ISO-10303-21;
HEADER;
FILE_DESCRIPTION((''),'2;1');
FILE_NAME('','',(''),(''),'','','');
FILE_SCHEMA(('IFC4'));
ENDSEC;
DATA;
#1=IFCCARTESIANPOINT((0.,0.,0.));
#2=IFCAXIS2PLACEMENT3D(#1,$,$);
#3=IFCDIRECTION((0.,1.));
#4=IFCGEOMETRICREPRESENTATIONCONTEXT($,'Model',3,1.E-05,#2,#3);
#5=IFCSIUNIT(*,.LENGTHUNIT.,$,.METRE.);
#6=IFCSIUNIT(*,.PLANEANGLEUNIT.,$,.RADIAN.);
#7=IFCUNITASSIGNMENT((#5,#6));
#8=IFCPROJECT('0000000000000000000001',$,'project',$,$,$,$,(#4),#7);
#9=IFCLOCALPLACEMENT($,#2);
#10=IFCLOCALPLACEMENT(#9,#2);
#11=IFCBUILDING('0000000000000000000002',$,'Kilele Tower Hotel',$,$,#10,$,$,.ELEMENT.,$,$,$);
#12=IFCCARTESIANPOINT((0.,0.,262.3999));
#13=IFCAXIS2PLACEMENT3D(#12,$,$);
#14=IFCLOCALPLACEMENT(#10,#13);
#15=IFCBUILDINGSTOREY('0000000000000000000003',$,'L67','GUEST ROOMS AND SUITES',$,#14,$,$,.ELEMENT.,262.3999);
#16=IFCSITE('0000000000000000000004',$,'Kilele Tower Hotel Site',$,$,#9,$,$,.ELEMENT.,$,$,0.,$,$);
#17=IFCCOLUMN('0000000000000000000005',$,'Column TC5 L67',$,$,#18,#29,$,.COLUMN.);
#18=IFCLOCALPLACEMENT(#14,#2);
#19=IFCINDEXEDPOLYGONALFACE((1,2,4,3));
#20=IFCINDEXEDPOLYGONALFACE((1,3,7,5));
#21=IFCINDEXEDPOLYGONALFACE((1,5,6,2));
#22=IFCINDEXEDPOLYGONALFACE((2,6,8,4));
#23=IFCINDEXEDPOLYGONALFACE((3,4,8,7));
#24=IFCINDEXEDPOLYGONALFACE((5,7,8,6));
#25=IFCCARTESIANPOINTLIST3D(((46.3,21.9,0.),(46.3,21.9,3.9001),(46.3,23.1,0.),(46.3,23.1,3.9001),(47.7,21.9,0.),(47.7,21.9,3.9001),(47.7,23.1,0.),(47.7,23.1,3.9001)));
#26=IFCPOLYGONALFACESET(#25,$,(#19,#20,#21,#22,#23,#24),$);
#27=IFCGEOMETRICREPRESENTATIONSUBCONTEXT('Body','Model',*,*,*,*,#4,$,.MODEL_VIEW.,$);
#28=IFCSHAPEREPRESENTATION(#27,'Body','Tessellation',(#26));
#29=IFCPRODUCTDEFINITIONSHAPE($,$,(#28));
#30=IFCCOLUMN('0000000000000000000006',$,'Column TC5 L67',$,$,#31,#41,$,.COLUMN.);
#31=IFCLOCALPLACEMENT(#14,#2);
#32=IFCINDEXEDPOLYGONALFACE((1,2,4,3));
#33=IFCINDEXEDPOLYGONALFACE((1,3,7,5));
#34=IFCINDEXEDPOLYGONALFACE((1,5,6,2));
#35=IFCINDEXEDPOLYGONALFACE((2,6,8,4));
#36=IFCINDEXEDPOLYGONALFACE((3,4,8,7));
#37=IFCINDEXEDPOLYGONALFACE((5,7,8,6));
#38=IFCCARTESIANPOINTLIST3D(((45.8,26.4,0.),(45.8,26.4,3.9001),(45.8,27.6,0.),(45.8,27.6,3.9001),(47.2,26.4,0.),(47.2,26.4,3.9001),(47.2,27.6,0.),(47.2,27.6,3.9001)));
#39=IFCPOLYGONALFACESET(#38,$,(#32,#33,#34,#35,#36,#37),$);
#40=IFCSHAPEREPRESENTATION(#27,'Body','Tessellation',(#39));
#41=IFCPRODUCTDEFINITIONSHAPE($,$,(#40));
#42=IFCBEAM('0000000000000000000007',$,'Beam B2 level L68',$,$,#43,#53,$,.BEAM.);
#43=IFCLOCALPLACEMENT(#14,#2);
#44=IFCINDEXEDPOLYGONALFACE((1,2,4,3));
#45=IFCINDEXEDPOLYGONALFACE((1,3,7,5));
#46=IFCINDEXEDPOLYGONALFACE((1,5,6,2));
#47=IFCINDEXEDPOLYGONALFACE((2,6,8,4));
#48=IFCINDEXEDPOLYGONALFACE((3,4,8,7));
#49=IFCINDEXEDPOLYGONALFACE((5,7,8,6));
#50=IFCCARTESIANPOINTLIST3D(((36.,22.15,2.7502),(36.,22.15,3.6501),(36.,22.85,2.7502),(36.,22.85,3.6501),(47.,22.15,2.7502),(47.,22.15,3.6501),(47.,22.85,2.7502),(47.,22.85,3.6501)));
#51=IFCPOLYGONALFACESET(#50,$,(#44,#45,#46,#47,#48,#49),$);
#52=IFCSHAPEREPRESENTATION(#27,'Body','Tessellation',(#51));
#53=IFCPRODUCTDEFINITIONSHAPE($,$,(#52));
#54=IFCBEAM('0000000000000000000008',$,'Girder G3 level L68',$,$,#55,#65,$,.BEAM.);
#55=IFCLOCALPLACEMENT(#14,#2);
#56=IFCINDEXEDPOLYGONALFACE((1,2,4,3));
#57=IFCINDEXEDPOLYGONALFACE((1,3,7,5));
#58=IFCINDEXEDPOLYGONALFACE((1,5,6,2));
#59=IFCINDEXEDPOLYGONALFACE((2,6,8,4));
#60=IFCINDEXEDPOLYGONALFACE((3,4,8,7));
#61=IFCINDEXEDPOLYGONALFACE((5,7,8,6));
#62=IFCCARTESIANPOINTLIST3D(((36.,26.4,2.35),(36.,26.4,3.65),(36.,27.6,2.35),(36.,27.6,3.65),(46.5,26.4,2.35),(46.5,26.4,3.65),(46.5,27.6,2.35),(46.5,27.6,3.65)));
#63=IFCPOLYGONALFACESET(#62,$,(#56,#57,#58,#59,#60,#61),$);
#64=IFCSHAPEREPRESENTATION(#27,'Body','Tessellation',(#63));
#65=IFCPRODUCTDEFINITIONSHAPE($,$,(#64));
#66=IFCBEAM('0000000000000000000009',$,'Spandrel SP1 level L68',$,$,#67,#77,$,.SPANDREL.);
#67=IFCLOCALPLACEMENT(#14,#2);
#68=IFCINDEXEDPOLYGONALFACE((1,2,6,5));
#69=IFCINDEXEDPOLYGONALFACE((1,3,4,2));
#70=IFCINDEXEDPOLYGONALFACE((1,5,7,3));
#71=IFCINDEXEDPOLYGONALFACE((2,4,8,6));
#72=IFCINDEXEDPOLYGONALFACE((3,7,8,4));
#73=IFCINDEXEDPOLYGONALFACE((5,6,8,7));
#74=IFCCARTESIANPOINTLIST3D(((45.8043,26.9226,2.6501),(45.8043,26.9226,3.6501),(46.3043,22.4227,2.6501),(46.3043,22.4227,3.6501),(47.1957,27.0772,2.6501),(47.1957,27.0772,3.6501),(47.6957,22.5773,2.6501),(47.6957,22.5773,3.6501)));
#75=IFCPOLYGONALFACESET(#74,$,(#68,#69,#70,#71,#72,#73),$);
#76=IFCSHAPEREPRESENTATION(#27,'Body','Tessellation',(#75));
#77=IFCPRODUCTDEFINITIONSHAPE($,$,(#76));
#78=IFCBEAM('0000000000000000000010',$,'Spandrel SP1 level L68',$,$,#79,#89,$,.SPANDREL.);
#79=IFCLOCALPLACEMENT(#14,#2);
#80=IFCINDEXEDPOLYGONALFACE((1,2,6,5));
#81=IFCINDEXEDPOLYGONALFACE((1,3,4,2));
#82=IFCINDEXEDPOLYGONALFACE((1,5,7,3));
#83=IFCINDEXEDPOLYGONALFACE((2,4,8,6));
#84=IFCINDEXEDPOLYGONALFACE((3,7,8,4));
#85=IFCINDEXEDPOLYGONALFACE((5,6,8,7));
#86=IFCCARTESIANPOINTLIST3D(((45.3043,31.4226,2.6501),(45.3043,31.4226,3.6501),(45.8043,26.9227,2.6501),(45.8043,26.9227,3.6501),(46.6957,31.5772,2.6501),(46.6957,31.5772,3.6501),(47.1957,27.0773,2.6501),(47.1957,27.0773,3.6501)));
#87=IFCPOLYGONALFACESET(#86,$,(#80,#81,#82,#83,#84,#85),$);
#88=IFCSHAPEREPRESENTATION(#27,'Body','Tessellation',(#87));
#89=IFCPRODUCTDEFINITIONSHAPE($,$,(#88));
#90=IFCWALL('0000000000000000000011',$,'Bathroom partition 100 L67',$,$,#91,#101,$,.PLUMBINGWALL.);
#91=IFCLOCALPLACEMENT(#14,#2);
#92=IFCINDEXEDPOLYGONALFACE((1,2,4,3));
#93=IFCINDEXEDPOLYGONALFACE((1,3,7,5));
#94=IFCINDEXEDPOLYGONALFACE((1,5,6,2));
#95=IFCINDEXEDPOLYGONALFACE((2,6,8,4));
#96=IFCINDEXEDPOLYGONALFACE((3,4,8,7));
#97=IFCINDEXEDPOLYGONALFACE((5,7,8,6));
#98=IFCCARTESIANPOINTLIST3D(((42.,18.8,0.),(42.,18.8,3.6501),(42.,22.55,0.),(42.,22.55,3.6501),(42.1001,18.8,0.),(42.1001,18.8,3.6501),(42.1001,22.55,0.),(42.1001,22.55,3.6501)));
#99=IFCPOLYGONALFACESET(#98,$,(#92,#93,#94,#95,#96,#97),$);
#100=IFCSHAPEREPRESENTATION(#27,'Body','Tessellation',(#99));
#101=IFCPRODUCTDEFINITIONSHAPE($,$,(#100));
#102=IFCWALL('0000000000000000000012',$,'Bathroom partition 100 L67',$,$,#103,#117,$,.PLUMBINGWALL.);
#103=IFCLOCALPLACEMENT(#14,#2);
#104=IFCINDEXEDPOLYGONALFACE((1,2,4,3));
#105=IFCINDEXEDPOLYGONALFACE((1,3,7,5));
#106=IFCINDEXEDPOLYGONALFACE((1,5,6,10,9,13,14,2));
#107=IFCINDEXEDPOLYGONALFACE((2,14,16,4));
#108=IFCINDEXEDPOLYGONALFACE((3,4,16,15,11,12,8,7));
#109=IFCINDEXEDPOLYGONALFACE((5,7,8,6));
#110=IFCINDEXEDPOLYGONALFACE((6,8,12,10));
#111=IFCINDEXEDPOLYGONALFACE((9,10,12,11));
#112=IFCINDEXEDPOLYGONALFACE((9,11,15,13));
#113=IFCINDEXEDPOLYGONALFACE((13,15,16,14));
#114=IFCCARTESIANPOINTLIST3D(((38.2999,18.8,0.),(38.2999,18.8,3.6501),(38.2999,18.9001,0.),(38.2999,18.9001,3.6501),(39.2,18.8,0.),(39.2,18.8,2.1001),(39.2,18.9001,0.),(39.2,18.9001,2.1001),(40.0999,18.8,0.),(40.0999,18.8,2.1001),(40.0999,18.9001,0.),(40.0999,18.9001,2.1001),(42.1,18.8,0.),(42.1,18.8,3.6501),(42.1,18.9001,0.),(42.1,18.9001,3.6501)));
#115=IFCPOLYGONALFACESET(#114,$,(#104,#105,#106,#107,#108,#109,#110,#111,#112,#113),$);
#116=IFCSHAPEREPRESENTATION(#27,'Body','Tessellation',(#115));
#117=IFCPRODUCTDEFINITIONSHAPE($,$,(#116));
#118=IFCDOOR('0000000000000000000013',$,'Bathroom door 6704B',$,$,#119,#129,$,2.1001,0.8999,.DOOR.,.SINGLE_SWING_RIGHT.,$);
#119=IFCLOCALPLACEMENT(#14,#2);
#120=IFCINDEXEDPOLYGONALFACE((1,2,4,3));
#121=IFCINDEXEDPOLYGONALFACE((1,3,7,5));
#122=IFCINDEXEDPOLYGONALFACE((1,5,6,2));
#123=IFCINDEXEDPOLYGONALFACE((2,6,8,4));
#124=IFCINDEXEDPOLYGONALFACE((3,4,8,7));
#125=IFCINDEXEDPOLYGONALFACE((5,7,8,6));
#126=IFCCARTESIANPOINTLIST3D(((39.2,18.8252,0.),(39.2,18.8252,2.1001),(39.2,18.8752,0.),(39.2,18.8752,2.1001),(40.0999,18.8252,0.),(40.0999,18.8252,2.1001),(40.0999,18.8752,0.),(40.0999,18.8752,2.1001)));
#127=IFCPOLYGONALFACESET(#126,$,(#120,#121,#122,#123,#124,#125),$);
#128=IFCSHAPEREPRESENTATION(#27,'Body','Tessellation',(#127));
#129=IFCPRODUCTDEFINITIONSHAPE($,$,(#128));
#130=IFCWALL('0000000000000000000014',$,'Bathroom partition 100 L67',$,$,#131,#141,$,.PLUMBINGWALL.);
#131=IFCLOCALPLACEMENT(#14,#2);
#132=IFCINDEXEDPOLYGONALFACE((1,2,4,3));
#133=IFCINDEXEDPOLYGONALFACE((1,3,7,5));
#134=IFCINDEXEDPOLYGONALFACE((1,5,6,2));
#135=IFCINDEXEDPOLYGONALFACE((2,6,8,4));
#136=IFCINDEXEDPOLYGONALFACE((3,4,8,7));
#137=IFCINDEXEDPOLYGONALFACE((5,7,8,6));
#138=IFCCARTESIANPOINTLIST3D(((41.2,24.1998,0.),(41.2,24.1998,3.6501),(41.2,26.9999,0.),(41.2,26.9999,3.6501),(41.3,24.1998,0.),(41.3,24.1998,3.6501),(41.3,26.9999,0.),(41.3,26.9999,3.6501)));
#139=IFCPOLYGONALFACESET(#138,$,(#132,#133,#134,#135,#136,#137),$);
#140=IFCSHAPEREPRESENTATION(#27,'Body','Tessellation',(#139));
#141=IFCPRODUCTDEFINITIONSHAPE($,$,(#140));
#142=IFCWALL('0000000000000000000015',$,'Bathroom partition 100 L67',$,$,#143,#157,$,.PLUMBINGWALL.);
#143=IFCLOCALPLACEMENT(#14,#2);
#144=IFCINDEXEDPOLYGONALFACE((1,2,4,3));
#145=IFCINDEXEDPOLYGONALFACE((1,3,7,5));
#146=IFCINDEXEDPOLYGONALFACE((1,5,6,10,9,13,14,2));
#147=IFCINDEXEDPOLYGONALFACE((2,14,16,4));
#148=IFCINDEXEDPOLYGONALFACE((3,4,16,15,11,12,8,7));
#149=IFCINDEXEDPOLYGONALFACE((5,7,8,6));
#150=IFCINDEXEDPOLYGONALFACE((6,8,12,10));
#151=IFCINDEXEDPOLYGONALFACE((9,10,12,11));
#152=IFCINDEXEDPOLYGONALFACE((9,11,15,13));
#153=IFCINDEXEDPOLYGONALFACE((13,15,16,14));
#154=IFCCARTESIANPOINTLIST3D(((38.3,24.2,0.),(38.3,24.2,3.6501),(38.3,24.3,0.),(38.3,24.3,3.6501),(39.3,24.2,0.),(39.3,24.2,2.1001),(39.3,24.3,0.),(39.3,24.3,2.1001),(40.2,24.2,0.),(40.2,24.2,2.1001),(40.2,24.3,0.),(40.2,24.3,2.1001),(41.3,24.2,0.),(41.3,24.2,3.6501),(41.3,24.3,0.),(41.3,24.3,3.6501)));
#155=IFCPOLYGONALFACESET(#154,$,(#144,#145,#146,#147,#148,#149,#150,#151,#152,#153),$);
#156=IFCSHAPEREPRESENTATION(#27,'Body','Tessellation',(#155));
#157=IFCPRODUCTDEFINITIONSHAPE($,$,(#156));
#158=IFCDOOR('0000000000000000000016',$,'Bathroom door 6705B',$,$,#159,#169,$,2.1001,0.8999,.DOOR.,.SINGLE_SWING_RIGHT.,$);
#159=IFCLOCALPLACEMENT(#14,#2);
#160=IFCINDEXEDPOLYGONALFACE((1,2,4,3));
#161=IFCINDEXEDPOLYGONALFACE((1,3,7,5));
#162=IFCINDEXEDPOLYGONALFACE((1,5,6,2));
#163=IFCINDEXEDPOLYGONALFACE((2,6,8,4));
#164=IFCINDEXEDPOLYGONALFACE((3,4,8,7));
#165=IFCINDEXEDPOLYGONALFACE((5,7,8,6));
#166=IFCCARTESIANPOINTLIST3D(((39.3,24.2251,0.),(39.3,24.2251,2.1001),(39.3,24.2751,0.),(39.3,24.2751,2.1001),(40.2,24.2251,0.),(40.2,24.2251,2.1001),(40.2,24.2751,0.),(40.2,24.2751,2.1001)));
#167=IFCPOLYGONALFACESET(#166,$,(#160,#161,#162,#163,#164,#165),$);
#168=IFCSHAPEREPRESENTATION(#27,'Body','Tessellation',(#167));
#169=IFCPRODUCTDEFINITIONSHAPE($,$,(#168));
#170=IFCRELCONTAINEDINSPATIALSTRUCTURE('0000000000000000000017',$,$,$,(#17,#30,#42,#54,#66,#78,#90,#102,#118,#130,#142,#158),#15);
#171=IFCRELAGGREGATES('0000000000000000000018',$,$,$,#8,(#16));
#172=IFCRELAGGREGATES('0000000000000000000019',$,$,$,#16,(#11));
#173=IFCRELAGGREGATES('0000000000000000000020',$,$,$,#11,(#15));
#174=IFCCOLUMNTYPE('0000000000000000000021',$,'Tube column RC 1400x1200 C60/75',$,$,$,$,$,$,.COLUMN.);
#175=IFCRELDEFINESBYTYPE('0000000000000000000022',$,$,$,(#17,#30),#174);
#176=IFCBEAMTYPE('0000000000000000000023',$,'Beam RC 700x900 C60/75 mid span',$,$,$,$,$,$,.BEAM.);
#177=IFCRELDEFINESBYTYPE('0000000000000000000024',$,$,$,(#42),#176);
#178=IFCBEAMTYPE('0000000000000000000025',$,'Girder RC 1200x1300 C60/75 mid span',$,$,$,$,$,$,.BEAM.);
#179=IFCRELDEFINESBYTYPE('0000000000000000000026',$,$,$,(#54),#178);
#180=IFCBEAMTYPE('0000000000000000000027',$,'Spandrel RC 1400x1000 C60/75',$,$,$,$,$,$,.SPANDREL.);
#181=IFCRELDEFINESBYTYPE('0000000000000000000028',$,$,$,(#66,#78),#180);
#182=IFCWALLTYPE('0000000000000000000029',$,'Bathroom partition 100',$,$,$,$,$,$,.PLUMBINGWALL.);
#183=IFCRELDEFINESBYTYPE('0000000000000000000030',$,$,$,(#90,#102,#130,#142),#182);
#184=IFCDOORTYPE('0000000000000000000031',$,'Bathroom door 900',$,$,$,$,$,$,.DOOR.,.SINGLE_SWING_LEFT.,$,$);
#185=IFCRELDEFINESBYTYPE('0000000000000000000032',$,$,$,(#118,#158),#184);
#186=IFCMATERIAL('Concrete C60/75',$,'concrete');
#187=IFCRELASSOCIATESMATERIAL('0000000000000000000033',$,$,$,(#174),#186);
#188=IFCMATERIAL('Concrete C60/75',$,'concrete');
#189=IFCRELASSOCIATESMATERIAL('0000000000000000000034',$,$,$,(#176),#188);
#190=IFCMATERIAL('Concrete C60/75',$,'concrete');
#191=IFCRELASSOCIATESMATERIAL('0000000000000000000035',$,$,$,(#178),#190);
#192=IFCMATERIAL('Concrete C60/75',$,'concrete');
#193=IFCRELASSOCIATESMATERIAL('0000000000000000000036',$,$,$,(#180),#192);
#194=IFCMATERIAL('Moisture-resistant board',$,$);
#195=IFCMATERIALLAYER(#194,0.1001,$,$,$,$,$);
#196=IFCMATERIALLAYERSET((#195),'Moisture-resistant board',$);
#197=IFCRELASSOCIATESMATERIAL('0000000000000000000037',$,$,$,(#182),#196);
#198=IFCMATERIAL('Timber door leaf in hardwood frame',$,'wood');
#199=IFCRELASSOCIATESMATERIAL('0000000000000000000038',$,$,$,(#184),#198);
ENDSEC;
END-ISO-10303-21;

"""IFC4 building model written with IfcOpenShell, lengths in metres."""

from ifc_helpers import new_model, si_unit, direction, frame, frame_2d, origin, origin_2d, place, context, subcontext, project, spatial, rectangle, extrude, material, layer, layer_set, material_profile, profile_set, type_object, element, fill, save


model = new_model("IFC4")

# Units and contexts
model_context = context("Model", 3, precision=1e-05, world=origin(), true_north=direction((0.0, 1.0)))
body_context = subcontext(model_context, "Body", "Model", "MODEL_VIEW")
ifc_project = project(units=[si_unit("LENGTHUNIT", "METRE"), si_unit("PLANEANGLEUNIT", "RADIAN")], contexts=[model_context])

# Site, building, storey
site_placement = place(None, origin())
site = spatial("IfcSite", under=ifc_project, at=site_placement, Name="Kilele Tower Hotel Site", CompositionType="ELEMENT", RefElevation=0.0)
building_placement = place(site_placement, origin())
building = spatial("IfcBuilding", under=site, at=building_placement, Name="Kilele Tower Hotel", CompositionType="ELEMENT")
storey_placement = place(building_placement, frame((0.0, 0.0, 262.3999)))
storey = spatial("IfcBuildingStorey", under=building, at=storey_placement, Name="L67", Description="GUEST ROOMS AND SUITES", CompositionType="ELEMENT", Elevation=262.3999)

# Columns
ifc_material_1 = material(Name="Concrete C60/75", Category="concrete")
ifc_material_profile_1 = material_profile(ifc_material_1, rectangle(XDim=1.3999, YDim=1.2, at=origin_2d()))
ifc_profile_set_1 = profile_set([ifc_material_profile_1], Name="Concrete C60/75")
column_type = type_object("IfcColumnType", Name="Tube column RC 1400x1200 C60/75", PredefinedType="COLUMN", material=ifc_profile_set_1)
for number, where, z_axis, x_axis, name in (
    (1, (47.0, 22.5, 0.0), (0.0, 0.0, 1.0), (1.0, 0.0, 0.0), "Column TC5 L67"),
    (2, (46.5, 27.0, 0.0), (0.0, 0.0, 1.0), (1.0, 0.0, 0.0), "Column TC5 L67"),
):
    element("IfcColumn", number, at=place(storey_placement, frame(where, z_axis=z_axis, x_axis=x_axis)), inside=storey, type_object=column_type, Name=name, PredefinedType="COLUMN", context=body_context, shape_type="SweptSolid", body=[
        extrude(rectangle(XDim=1.3999, YDim=1.2, at=origin_2d()), origin(), (0.0, 0.0, 1.0), 3.9001),
    ])

# Beams
ifc_material_2 = material(Name="Concrete C60/75", Category="concrete")
ifc_material_profile_2 = material_profile(ifc_material_2, rectangle(XDim=0.7, YDim=0.8999, at=origin_2d()))
ifc_profile_set_2 = profile_set([ifc_material_profile_2], Name="Concrete C60/75")
beam_type_1 = type_object("IfcBeamType", Name="Beam RC 700x900 C60/75 mid span", PredefinedType="BEAM", material=ifc_profile_set_2)
beam_1_placement = place(storey_placement, frame((47.0, 22.5, 3.2002), z_axis=(-1.0, 0.0, 0.0), x_axis=(0.0, -1.0, 0.0)))
element("IfcBeam", 3, at=beam_1_placement, inside=storey, type_object=beam_type_1, Name="Beam B2 level L68", PredefinedType="BEAM", context=body_context, shape_type="SweptSolid", body=[
    extrude(rectangle(XDim=0.7, YDim=0.8999, at=origin_2d()), origin(), (0.0, 0.0, 1.0), 11.0),
])
ifc_material_3 = material(Name="Concrete C60/75", Category="concrete")
ifc_material_profile_3 = material_profile(ifc_material_3, rectangle(XDim=1.2, YDim=1.3, at=origin_2d()))
ifc_profile_set_3 = profile_set([ifc_material_profile_3], Name="Concrete C60/75")
beam_type_2 = type_object("IfcBeamType", Name="Girder RC 1200x1300 C60/75 mid span", PredefinedType="BEAM", material=ifc_profile_set_3)
beam_2_placement = place(storey_placement, frame((46.5, 27.0, 3.0), z_axis=(-1.0, 0.0, 0.0), x_axis=(0.0, -1.0, 0.0)))
element("IfcBeam", 4, at=beam_2_placement, inside=storey, type_object=beam_type_2, Name="Girder G3 level L68", PredefinedType="BEAM", context=body_context, shape_type="SweptSolid", body=[
    extrude(rectangle(XDim=1.2, YDim=1.3, at=origin_2d()), origin(), (0.0, 0.0, 1.0), 10.5),
])
ifc_material_4 = material(Name="Concrete C60/75", Category="concrete")
ifc_material_profile_4 = material_profile(ifc_material_4, rectangle(XDim=1.3999, YDim=1.0, at=origin_2d()))
ifc_profile_set_4 = profile_set([ifc_material_profile_4], Name="Concrete C60/75")
beam_type_3 = type_object("IfcBeamType", Name="Spandrel RC 1400x1000 C60/75", PredefinedType="SPANDREL", material=ifc_profile_set_4)
for number, where, z_axis, x_axis, name in (
    (5, (47.0, 22.5, 3.1501), (-0.110432, 0.993884, 0.0), (-0.993884, -0.110432, 0.0), "Spandrel SP1 level L68"),
    (6, (46.5, 27.0, 3.1501), (-0.110432, 0.993884, 0.0), (-0.993884, -0.110432, 0.0), "Spandrel SP1 level L68"),
):
    element("IfcBeam", number, at=place(storey_placement, frame(where, z_axis=z_axis, x_axis=x_axis)), inside=storey, type_object=beam_type_3, Name=name, PredefinedType="SPANDREL", context=body_context, shape_type="SweptSolid", body=[
        extrude(rectangle(XDim=1.3999, YDim=1.0, at=origin_2d()), origin(), (0.0, 0.0, 1.0), 4.5276),
    ])

# Wall
ifc_material_5 = material(Name="Moisture-resistant board")
ifc_layer_1 = layer(ifc_material_5, 0.1001)
ifc_layer_set_1 = layer_set([ifc_layer_1], Name="Moisture-resistant board")
wall_type_1 = type_object("IfcWallType", Name="Bathroom partition 100", PredefinedType="PLUMBINGWALL", material=ifc_layer_set_1)
wall_1_placement = place(storey_placement, frame((42.05, 18.8, 0.0), z_axis=(0.0, 0.0, 1.0), x_axis=(0.0, 1.0, 0.0)))
element("IfcWall", 7, at=wall_1_placement, inside=storey, type_object=wall_type_1, Name="Bathroom partition 100 L67", PredefinedType="PLUMBINGWALL", context=body_context, shape_type="SweptSolid", body=[
    extrude(rectangle(XDim=3.75, YDim=0.1001, at=frame_2d((1.875, 0.0))), origin(), (0.0, 0.0, 1.0), 3.6501),
])

# Wall, opening, door
wall_2_placement = place(storey_placement, frame((38.3, 18.8501, 0.0), z_axis=(0.0, 0.0, 1.0), x_axis=(1.0, 0.0, 0.0)))
wall_2 = element("IfcWall", 8, at=wall_2_placement, inside=storey, type_object=wall_type_1, Name="Bathroom partition 100 L67", PredefinedType="PLUMBINGWALL", context=body_context, shape_type="SweptSolid", body=[
    extrude(rectangle(XDim=3.8, YDim=0.1001, at=frame_2d((1.8999, 0.0))), origin(), (0.0, 0.0, 1.0), 3.6501),
])
opening_1_placement = place(wall_2_placement, frame((1.7998, 0.0, 0.0), z_axis=(0.0, 0.0, 1.0), x_axis=(-1.0, 0.0, 0.0)))
opening_1 = element("IfcOpeningElement", 9, at=opening_1_placement, cuts=wall_2, PredefinedType="OPENING", context=body_context, shape_type="SweptSolid", body=[
    extrude(rectangle(XDim=0.8999, YDim=2.1001, at=frame_2d((0.45, 1.05))), frame((0.0, 0.0601, 0.0), z_axis=(0.0, -1.0, 0.0), x_axis=(1.0, 0.0, 0.0)), (0.0, 0.0, 1.0), 0.1201),
])
ifc_material_6 = material(Name="Timber door leaf in hardwood frame", Category="wood")
door_type_1 = type_object("IfcDoorType", Name="Bathroom door 900", OperationType="SINGLE_SWING_LEFT", PredefinedType="DOOR", material=ifc_material_6)
door_1_placement = place(opening_1_placement, origin())
door_1 = element("IfcDoor", 10, at=door_1_placement, inside=storey, type_object=door_type_1, Name="Bathroom door 6704B", OperationType="SINGLE_SWING_RIGHT", OverallHeight=2.1001, OverallWidth=0.8999, PredefinedType="DOOR", context=body_context, shape_type="SweptSolid", body=[
    extrude(rectangle(XDim=0.8999, YDim=2.1001, at=frame_2d((0.45, 1.05))), frame((0.0, 0.0249, 0.0), z_axis=(0.0, -1.0, 0.0), x_axis=(1.0, 0.0, 0.0)), (0.0, 0.0, 1.0), 0.05),
])
fill(opening_1, door_1)

# Wall
wall_3_placement = place(storey_placement, frame((41.25, 24.2, 0.0), z_axis=(0.0, 0.0, 1.0), x_axis=(0.0, 1.0, 0.0)))
element("IfcWall", 11, at=wall_3_placement, inside=storey, type_object=wall_type_1, Name="Bathroom partition 100 L67", PredefinedType="PLUMBINGWALL", context=body_context, shape_type="SweptSolid", body=[
    extrude(rectangle(XDim=2.8, YDim=0.1001, at=frame_2d((1.3999, 0.0))), origin(), (0.0, 0.0, 1.0), 3.6501),
])

# Wall, opening, door
wall_4_placement = place(storey_placement, frame((38.3, 24.25, 0.0), z_axis=(0.0, 0.0, 1.0), x_axis=(1.0, 0.0, 0.0)))
wall_4 = element("IfcWall", 12, at=wall_4_placement, inside=storey, type_object=wall_type_1, Name="Bathroom partition 100 L67", PredefinedType="PLUMBINGWALL", context=body_context, shape_type="SweptSolid", body=[
    extrude(rectangle(XDim=3.0, YDim=0.1001, at=frame_2d((1.5, 0.0))), origin(), (0.0, 0.0, 1.0), 3.6501),
])
opening_2_placement = place(wall_4_placement, frame((1.8999, 0.0, 0.0), z_axis=(0.0, 0.0, 1.0), x_axis=(-1.0, 0.0, 0.0)))
opening_2 = element("IfcOpeningElement", 13, at=opening_2_placement, cuts=wall_4, PredefinedType="OPENING", context=body_context, shape_type="SweptSolid", body=[
    extrude(rectangle(XDim=0.8999, YDim=2.1001, at=frame_2d((0.45, 1.05))), frame((0.0, 0.0601, 0.0), z_axis=(0.0, -1.0, 0.0), x_axis=(1.0, 0.0, 0.0)), (0.0, 0.0, 1.0), 0.1201),
])
door_2_placement = place(opening_2_placement, origin())
door_2 = element("IfcDoor", 14, at=door_2_placement, inside=storey, type_object=door_type_1, Name="Bathroom door 6705B", OperationType="SINGLE_SWING_RIGHT", OverallHeight=2.1001, OverallWidth=0.8999, PredefinedType="DOOR", context=body_context, shape_type="SweptSolid", body=[
    extrude(rectangle(XDim=0.8999, YDim=2.1001, at=frame_2d((0.45, 1.05))), frame((0.0, 0.0249, 0.0), z_axis=(0.0, -1.0, 0.0), x_axis=(1.0, 0.0, 0.0)), (0.0, 0.0, 1.0), 0.05),
])
fill(opening_2, door_2)

save(model, "model.ifc")
